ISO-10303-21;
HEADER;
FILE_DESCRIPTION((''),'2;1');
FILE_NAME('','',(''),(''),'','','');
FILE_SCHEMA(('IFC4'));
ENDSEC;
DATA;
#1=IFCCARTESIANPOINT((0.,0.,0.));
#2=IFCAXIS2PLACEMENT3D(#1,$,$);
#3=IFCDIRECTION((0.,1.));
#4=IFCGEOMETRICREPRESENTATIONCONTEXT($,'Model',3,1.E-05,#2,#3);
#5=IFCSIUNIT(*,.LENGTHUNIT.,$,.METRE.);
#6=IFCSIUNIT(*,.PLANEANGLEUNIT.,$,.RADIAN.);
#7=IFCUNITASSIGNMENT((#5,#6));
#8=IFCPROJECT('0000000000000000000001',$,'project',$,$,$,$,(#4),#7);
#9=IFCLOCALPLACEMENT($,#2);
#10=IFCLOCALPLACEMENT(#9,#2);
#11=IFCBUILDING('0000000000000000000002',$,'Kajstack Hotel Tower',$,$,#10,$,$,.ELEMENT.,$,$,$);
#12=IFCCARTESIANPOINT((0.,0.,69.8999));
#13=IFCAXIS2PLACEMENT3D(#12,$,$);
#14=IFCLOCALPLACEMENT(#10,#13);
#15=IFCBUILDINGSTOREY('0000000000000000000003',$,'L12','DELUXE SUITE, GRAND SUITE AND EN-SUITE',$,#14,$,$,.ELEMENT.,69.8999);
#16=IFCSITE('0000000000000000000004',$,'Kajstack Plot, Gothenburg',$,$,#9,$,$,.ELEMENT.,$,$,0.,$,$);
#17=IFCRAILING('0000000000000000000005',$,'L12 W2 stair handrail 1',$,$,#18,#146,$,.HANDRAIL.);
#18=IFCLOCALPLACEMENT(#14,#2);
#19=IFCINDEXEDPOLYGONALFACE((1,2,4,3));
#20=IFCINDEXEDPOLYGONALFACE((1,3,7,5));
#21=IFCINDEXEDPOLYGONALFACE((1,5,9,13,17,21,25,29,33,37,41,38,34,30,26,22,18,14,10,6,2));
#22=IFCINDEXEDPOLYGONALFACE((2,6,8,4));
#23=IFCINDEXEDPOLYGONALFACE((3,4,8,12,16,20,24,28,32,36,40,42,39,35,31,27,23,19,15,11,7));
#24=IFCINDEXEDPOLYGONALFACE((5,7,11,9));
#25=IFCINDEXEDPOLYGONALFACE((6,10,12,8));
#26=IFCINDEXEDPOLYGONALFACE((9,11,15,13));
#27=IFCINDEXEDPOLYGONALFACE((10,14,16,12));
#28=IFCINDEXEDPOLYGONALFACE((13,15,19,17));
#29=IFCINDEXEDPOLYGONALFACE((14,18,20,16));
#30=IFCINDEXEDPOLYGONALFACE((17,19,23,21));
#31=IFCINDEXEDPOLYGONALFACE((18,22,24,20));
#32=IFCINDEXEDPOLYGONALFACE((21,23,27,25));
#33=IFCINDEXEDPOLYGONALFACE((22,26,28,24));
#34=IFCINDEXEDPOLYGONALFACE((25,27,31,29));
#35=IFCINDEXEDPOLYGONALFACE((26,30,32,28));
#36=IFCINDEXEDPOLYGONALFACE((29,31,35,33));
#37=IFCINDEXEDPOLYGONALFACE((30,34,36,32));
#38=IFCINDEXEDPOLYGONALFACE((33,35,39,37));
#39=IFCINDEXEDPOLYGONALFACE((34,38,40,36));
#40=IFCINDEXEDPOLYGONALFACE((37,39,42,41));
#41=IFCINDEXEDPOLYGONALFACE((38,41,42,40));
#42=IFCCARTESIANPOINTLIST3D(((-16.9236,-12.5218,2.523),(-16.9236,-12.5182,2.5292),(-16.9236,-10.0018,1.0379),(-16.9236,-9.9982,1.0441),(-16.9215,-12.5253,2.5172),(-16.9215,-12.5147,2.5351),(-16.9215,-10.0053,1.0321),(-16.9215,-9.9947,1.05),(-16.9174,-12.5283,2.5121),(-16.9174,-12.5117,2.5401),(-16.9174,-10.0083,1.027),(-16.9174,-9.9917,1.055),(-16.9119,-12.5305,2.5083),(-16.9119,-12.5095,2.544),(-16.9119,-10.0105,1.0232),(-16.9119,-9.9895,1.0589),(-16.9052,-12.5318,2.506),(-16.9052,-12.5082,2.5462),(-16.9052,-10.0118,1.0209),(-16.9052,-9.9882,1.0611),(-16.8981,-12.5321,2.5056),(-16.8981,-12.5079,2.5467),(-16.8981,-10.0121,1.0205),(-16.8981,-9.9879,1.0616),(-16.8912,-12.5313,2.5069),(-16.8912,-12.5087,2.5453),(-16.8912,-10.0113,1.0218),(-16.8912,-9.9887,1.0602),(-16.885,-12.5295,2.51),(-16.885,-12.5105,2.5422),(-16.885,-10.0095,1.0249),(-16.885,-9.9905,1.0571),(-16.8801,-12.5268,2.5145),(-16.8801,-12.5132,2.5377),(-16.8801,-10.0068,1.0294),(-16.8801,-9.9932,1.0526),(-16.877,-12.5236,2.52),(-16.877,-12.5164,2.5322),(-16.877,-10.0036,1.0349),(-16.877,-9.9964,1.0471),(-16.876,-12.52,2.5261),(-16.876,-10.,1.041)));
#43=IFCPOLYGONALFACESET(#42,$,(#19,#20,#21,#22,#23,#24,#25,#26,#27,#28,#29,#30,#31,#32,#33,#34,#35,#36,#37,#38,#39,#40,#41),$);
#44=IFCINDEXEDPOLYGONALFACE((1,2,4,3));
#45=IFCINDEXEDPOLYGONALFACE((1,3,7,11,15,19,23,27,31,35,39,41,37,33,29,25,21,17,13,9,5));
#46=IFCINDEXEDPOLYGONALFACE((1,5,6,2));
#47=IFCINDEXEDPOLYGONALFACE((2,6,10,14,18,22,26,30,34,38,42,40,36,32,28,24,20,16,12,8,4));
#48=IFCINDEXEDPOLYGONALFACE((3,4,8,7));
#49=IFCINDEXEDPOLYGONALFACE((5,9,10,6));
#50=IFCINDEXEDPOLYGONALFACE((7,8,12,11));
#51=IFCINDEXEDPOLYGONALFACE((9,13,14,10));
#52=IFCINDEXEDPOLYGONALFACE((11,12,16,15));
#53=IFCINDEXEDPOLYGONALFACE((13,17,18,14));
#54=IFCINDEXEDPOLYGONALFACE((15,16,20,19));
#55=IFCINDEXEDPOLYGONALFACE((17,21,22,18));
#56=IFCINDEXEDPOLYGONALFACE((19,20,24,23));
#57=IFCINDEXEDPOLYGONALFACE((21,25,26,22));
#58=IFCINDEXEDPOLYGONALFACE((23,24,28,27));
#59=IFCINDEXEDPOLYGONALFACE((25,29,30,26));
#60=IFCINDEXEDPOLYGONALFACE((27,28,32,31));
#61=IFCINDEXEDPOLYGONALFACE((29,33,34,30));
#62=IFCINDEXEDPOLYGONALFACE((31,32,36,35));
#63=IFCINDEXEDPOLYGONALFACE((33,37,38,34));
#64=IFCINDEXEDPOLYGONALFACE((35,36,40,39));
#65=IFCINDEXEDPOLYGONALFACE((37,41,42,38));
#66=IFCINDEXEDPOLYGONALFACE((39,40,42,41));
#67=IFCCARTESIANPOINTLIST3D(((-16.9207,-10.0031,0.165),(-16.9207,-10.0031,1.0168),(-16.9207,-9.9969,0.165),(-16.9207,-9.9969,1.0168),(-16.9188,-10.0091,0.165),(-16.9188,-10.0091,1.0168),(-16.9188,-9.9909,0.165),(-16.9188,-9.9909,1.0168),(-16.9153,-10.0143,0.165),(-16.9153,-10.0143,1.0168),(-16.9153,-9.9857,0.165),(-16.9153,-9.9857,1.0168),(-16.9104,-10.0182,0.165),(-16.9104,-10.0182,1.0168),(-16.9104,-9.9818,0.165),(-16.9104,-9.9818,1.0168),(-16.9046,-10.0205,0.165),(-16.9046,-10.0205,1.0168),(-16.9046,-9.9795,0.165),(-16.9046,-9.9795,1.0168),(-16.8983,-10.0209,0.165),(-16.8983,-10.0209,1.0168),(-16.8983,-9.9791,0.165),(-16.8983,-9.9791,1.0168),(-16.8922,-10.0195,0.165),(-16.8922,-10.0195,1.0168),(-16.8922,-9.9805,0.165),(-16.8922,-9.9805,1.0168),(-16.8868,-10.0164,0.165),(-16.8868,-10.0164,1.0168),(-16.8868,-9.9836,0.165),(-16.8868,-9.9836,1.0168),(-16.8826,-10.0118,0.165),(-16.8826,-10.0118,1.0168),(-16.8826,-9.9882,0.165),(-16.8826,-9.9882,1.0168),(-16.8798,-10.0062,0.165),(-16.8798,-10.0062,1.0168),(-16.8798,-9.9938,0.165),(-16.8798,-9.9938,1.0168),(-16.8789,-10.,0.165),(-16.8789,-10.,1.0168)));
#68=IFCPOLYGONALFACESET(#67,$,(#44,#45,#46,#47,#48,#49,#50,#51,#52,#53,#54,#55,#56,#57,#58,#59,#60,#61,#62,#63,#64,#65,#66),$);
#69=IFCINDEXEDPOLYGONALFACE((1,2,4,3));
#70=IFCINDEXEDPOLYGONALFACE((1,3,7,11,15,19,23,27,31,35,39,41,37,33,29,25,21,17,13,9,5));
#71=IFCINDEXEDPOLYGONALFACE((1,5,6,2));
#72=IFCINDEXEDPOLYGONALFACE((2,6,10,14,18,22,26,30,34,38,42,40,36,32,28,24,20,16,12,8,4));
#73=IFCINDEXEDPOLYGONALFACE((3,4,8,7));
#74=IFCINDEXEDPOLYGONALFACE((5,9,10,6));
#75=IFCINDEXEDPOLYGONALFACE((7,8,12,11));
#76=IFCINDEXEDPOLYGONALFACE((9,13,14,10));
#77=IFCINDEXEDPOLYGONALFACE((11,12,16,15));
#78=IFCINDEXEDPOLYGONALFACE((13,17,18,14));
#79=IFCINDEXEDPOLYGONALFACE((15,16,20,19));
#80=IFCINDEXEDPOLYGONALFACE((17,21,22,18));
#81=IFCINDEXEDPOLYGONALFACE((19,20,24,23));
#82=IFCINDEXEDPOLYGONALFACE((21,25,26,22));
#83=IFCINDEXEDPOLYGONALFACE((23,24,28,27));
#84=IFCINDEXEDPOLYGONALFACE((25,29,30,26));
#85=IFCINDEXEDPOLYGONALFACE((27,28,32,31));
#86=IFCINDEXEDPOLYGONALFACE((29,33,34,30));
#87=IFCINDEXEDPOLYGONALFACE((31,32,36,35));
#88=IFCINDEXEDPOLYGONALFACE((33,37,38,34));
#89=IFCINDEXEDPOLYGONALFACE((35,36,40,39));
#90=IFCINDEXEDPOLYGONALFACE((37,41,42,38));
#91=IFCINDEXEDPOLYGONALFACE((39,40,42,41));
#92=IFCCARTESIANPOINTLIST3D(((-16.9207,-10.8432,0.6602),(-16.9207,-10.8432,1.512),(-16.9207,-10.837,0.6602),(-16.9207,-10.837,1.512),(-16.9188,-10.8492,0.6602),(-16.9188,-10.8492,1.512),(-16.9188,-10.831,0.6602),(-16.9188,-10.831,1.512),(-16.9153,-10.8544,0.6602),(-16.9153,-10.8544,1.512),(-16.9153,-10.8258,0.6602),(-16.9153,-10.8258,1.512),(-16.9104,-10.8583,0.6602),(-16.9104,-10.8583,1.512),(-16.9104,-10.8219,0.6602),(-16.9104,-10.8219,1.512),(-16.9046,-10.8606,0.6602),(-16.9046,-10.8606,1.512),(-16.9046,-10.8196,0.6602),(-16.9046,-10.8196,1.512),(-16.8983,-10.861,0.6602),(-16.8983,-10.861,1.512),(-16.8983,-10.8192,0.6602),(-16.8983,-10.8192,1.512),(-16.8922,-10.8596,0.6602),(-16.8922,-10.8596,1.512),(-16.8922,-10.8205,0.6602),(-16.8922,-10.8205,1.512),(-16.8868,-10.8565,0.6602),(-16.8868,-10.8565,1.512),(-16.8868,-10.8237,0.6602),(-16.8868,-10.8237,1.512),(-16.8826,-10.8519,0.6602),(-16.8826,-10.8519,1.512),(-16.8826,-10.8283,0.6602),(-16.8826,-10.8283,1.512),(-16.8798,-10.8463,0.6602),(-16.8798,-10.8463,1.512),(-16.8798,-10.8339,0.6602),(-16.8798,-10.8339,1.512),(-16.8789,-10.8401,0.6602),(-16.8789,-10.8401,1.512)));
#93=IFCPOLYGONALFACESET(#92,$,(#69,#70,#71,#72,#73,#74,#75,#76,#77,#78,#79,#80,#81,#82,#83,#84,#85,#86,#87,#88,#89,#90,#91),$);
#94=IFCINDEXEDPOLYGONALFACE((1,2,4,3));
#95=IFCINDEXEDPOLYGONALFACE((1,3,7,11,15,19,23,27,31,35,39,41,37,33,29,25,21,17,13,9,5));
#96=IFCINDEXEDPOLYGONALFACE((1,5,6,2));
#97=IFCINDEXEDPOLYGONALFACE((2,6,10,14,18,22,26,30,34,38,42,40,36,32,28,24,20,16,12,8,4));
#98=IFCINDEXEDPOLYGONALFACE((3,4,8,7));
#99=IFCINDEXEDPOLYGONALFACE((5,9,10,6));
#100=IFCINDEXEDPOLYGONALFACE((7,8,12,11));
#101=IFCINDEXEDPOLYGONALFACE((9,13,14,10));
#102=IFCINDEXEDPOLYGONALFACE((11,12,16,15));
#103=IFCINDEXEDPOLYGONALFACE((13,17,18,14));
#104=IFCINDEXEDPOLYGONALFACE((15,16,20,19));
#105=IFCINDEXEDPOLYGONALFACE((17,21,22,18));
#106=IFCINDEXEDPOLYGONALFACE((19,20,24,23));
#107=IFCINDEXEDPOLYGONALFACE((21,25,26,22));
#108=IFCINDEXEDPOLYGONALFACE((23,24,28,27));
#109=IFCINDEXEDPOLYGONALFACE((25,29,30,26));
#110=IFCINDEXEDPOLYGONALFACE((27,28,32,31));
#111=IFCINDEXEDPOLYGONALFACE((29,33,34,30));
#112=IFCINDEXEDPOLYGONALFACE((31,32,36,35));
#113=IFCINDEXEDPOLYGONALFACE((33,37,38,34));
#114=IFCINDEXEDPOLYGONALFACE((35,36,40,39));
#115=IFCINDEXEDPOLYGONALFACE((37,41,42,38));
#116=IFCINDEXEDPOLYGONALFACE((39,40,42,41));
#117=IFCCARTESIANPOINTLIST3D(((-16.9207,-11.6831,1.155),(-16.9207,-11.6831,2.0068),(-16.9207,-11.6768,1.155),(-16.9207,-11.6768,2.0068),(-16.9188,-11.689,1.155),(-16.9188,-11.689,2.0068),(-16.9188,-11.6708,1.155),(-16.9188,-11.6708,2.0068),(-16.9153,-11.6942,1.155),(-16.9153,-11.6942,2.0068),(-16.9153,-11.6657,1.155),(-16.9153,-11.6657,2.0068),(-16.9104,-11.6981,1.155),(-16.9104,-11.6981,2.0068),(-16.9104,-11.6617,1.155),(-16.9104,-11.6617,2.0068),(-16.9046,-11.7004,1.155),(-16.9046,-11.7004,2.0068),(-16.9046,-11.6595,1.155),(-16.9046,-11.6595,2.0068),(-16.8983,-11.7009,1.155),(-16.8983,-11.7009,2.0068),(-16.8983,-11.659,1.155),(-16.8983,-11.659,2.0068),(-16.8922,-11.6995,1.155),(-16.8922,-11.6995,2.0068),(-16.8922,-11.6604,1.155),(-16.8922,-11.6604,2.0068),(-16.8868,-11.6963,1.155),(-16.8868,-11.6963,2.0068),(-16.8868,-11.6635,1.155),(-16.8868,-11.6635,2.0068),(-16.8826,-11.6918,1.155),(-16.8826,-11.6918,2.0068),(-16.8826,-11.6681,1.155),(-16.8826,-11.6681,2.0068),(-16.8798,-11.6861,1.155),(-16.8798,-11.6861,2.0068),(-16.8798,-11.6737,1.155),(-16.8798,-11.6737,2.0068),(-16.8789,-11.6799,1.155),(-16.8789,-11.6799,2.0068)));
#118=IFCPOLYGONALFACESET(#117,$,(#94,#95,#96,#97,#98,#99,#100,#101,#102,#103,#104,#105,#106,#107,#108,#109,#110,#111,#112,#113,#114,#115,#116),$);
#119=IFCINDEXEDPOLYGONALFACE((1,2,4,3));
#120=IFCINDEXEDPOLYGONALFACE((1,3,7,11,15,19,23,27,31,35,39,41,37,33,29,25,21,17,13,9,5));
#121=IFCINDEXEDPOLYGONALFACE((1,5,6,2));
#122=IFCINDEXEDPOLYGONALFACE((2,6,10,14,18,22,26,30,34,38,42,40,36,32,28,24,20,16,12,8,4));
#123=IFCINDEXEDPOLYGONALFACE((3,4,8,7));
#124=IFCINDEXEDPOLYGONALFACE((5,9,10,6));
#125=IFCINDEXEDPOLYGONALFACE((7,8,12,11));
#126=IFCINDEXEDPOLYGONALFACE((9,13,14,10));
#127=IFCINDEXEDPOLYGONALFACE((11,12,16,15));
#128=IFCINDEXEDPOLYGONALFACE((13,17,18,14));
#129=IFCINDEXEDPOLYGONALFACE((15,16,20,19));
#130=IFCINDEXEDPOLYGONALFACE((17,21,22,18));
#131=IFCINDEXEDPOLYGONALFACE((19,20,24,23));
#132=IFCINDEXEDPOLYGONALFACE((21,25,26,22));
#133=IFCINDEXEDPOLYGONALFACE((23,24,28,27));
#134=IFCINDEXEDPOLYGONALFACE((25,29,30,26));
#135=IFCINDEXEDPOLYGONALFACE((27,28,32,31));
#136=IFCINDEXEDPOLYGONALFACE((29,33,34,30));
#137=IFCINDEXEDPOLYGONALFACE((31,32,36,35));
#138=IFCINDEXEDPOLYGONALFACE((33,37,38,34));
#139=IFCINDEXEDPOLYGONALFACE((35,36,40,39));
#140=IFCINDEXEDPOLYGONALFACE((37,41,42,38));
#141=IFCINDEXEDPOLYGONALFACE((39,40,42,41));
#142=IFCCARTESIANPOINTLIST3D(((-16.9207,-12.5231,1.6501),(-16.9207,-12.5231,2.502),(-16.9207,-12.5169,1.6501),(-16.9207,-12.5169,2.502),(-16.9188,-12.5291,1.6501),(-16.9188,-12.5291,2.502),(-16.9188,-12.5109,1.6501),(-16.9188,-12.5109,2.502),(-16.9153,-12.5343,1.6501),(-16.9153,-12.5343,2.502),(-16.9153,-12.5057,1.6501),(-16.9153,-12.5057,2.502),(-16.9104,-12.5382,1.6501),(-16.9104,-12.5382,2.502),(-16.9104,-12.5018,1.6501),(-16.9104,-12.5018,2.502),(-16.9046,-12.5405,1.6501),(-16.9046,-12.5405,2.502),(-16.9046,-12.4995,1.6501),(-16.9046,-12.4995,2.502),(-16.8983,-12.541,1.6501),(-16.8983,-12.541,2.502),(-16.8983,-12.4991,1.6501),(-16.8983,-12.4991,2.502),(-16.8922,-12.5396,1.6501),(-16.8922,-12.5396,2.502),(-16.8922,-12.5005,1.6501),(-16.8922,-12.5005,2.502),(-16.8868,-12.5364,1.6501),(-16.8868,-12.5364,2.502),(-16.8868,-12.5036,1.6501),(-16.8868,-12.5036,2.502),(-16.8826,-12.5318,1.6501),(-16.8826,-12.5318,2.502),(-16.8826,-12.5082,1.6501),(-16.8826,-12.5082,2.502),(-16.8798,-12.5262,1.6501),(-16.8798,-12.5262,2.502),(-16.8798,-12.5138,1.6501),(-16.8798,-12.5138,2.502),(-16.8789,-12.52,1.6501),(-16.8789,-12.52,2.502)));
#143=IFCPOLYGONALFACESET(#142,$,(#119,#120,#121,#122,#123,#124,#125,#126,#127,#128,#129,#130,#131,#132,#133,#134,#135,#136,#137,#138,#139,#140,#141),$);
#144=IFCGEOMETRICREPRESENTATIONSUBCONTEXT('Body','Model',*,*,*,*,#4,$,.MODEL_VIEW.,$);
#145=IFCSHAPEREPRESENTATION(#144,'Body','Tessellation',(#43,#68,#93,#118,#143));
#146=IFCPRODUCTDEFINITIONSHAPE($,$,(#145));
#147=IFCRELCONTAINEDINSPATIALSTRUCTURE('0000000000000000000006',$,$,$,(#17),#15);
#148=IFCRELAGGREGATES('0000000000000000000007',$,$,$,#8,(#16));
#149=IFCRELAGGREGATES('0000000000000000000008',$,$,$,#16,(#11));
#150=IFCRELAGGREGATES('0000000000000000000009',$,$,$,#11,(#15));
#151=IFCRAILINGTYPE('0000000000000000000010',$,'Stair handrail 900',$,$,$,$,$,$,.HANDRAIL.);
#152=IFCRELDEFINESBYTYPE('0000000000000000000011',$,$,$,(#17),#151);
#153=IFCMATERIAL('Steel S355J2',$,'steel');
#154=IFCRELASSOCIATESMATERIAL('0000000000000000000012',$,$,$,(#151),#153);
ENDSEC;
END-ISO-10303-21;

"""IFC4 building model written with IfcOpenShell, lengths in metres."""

from ifc_helpers import new_model, si_unit, direction, frame, origin, origin_2d, place, context, subcontext, project, spatial, circle, extrude, material, type_object, element, save


model = new_model("IFC4")

# Units and contexts
model_context = context("Model", 3, precision=1e-05, world=origin(), true_north=direction((0.0, 1.0)))
body_context = subcontext(model_context, "Body", "Model", "MODEL_VIEW")
ifc_project = project(units=[si_unit("LENGTHUNIT", "METRE"), si_unit("PLANEANGLEUNIT", "RADIAN")], contexts=[model_context])

# Site, building, storey
site_placement = place(None, origin())
site = spatial("IfcSite", under=ifc_project, at=site_placement, Name="Kajstack Plot, Gothenburg", CompositionType="ELEMENT", RefElevation=0.0)
building_placement = place(site_placement, origin())
building = spatial("IfcBuilding", under=site, at=building_placement, Name="Kajstack Hotel Tower", CompositionType="ELEMENT")
storey_placement = place(building_placement, frame((0.0, 0.0, 69.8999)))
storey = spatial("IfcBuildingStorey", under=building, at=storey_placement, Name="L12", Description="DELUXE SUITE, GRAND SUITE AND EN-SUITE", CompositionType="ELEMENT", Elevation=69.8999)

# Railing
ifc_material_1 = material(Name="Steel S355J2", Category="steel")
railing_type_1 = type_object("IfcRailingType", Name="Stair handrail 900", PredefinedType="HANDRAIL", material=ifc_material_1)
railing_1_placement = place(storey_placement, frame((-16.8999, -10.0, 0.165)))
element("IfcRailing", 1, at=railing_1_placement, inside=storey, type_object=railing_type_1, Name="L12 W2 stair handrail 1", PredefinedType="HANDRAIL", context=body_context, shape_type="SweptSolid", body=[
    extrude(circle(Radius=0.0239, at=origin_2d()), frame((0.0, 0.0, 0.876), z_axis=(0.0, -0.861524, 0.507717), x_axis=(1.0, 0.0, 0.0)), (0.0, 0.0, 1.0), 2.925),
    extrude(circle(Radius=0.021, at=origin_2d()), origin(), (0.0, 0.0, 1.0), 0.8518),
    extrude(circle(Radius=0.021, at=origin_2d()), frame((0.0, -0.8401, 0.4951)), (0.0, 0.0, 1.0), 0.8518),
    extrude(circle(Radius=0.021, at=origin_2d()), frame((0.0, -1.6799, 0.99)), (0.0, 0.0, 1.0), 0.8518),
    extrude(circle(Radius=0.021, at=origin_2d()), frame((0.0, -2.52, 1.4851)), (0.0, 0.0, 1.0), 0.8518),
])

save(model, "model.ifc")
